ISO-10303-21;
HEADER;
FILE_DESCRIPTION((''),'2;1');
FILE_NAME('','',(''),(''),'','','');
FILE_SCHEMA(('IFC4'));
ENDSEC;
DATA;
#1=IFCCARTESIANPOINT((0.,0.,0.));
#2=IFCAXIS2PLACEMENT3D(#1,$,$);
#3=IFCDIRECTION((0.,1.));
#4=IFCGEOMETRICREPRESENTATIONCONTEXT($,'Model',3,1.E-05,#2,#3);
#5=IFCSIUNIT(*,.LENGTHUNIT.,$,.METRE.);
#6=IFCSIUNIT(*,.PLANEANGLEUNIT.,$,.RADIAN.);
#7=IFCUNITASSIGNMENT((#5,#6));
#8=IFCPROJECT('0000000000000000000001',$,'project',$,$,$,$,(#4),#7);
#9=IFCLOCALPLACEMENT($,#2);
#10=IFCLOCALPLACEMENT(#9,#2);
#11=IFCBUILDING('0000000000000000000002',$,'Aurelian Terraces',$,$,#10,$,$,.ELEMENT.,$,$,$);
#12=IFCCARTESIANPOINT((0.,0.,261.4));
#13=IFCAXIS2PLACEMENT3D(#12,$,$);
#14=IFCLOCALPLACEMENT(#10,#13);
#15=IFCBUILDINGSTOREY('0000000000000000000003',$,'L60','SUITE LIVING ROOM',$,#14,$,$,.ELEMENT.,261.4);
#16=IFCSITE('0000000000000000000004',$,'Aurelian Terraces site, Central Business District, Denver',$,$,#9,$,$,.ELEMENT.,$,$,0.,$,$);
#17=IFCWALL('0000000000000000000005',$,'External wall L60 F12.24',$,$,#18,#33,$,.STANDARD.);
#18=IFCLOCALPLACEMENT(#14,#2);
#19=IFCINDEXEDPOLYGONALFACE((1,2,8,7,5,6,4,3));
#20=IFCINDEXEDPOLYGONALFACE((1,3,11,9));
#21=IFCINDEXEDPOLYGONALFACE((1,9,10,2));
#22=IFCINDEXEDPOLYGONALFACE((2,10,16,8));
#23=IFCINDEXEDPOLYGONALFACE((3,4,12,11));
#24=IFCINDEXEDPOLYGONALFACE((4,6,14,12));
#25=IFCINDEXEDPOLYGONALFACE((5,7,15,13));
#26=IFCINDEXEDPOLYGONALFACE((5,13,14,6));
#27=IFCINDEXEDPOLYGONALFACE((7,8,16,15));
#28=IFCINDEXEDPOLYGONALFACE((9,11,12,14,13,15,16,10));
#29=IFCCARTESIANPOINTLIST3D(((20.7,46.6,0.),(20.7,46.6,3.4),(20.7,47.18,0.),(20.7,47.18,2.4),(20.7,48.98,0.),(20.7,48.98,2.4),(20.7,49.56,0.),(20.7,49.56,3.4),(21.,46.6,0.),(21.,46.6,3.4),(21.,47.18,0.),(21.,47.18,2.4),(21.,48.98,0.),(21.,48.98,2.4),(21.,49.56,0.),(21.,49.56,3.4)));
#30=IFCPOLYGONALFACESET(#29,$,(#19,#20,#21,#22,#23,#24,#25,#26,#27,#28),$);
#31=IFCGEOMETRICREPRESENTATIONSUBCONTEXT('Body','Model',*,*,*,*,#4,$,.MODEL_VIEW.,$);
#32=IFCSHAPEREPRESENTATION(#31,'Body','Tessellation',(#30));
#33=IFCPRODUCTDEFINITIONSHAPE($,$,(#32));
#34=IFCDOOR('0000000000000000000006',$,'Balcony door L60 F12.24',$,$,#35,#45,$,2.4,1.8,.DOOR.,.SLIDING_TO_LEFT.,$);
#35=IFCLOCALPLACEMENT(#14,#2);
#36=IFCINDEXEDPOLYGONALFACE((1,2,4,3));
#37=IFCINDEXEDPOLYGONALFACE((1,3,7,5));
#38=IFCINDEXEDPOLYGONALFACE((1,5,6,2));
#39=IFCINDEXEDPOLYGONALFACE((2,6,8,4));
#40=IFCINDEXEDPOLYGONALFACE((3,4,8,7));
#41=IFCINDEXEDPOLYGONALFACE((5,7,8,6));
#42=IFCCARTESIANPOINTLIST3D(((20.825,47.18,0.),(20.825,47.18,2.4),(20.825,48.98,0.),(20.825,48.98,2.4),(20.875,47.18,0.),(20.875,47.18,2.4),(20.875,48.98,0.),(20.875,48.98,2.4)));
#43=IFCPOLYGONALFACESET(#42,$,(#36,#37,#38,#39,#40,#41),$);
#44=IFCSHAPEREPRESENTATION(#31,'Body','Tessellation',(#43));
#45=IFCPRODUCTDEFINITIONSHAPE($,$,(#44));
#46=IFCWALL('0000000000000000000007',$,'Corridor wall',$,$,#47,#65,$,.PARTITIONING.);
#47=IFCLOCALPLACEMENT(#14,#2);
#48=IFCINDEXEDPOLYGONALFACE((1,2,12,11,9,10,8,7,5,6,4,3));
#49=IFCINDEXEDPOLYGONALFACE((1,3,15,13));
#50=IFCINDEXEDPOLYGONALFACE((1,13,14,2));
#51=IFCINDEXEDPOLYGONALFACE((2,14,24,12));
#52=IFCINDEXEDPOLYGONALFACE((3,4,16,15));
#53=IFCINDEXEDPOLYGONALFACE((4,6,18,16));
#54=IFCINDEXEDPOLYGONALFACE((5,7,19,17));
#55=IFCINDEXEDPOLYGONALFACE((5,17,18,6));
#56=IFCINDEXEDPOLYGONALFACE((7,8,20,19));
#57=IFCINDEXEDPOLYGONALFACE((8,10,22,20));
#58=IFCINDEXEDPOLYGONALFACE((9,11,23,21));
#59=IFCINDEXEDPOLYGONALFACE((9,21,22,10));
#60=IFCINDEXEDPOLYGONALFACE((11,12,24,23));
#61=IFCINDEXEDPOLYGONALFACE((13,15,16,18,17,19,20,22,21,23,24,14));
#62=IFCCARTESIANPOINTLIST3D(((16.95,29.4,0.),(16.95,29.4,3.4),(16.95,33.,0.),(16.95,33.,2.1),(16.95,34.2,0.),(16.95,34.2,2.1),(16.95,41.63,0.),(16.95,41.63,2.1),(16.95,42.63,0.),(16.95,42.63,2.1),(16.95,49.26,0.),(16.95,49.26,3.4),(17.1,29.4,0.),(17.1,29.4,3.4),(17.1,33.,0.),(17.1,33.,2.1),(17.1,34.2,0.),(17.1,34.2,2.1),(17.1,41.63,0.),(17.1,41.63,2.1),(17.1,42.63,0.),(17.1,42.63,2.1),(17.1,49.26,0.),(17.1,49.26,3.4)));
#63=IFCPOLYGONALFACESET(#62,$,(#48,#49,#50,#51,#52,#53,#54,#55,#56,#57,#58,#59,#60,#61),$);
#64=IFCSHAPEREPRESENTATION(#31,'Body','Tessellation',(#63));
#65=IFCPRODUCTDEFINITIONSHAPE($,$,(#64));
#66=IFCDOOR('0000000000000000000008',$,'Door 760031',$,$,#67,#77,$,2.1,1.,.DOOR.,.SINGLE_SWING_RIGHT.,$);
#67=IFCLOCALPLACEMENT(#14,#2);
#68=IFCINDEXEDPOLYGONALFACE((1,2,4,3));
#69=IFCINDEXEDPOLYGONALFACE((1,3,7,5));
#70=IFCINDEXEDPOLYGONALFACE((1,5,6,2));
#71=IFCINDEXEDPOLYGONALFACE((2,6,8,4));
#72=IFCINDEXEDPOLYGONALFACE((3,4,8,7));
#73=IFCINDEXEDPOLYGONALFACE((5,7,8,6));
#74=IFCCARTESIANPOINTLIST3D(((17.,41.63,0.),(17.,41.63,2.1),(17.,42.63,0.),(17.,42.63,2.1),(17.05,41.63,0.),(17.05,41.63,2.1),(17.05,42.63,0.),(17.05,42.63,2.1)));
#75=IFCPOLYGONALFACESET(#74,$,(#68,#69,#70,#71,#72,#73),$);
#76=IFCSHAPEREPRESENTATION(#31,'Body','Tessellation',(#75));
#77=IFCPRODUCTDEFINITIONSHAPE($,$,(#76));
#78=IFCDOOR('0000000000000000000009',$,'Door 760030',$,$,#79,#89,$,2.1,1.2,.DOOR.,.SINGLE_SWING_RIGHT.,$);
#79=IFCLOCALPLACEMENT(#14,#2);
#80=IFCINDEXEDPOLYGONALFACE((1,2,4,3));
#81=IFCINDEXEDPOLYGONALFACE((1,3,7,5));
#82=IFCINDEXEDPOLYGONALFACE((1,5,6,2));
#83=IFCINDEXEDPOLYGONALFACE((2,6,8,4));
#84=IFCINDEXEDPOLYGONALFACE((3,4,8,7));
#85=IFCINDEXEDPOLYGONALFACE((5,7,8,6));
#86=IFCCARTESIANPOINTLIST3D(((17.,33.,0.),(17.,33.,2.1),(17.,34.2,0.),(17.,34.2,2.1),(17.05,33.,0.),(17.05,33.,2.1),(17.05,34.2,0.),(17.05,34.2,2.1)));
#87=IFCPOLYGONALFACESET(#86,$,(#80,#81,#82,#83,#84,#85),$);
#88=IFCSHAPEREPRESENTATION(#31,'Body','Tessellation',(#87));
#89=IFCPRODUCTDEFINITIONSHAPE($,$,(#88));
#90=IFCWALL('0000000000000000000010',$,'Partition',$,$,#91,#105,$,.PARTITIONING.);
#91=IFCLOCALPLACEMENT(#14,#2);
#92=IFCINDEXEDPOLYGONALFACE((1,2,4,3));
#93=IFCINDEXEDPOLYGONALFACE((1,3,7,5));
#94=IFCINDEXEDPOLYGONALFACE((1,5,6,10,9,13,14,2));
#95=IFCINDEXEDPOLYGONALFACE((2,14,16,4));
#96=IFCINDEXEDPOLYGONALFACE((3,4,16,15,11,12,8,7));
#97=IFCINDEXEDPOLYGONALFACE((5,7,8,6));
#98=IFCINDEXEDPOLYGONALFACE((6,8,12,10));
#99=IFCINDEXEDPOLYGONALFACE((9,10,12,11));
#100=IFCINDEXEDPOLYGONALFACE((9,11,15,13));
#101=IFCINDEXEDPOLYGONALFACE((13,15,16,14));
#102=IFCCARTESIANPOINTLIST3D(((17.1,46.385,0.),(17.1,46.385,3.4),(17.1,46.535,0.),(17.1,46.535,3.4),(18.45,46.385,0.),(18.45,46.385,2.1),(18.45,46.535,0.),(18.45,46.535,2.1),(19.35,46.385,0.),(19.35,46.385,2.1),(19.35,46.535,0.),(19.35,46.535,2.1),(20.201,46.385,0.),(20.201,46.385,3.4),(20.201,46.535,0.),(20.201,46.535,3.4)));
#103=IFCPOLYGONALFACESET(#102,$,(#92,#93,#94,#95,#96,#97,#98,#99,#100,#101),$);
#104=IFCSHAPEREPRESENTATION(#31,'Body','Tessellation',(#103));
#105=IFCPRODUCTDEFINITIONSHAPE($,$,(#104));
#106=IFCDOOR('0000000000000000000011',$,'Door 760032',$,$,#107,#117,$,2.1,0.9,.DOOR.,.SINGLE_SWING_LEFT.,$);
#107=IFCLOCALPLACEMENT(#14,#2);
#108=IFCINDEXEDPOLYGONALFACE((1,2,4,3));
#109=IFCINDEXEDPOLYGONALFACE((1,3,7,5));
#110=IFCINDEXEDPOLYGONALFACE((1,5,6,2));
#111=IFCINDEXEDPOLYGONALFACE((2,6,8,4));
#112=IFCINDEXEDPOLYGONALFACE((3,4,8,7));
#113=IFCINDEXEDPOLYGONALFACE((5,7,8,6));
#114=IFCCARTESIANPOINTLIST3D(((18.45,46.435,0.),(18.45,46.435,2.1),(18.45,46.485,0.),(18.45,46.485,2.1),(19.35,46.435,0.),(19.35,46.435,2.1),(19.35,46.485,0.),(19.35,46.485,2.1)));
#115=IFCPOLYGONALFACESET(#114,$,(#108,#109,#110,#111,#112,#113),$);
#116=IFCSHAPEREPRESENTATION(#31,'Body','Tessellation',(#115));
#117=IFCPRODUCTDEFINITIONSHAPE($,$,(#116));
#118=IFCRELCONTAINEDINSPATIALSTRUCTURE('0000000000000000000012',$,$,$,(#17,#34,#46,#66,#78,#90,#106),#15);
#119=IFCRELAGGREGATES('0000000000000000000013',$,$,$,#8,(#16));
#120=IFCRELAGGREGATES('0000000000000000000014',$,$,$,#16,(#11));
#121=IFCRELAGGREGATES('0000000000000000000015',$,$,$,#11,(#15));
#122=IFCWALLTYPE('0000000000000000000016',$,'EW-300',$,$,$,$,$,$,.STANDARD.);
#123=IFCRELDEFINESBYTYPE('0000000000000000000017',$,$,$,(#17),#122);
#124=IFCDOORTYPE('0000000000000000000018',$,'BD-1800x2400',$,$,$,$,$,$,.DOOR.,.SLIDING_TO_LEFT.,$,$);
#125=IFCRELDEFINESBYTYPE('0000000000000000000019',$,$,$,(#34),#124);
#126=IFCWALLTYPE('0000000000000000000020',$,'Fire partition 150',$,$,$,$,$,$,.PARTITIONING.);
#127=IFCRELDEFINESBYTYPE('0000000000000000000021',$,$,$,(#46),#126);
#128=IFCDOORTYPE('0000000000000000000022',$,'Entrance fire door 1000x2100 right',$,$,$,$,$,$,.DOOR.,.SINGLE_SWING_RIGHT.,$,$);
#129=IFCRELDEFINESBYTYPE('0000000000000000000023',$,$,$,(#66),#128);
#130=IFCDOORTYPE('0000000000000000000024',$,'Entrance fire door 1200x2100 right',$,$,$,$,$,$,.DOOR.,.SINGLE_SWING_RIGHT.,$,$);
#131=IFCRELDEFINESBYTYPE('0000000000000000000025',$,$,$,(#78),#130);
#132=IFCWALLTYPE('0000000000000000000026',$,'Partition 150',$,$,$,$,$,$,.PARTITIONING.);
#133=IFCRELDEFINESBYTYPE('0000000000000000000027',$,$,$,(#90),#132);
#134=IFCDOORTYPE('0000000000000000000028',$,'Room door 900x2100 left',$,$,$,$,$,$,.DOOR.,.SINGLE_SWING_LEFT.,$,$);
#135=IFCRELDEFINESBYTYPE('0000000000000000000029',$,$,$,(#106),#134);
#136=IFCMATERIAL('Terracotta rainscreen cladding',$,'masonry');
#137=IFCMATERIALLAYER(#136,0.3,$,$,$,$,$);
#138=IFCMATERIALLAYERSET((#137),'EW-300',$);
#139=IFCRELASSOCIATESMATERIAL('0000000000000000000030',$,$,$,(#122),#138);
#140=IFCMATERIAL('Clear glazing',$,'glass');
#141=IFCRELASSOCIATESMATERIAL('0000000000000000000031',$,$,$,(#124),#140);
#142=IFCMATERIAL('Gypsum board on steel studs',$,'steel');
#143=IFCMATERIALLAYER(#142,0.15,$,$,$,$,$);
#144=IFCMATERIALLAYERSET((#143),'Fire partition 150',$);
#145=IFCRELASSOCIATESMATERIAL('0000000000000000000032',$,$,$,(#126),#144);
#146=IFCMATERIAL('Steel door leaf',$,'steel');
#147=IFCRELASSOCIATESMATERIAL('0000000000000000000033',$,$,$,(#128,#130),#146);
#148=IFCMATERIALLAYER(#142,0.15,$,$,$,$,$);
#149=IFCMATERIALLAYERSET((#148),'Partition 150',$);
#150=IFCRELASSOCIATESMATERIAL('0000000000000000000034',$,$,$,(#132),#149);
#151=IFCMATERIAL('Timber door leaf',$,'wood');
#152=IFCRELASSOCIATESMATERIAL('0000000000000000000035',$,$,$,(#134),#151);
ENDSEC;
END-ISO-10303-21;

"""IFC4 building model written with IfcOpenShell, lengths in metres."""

from ifc_helpers import new_model, si_unit, direction, frame, frame_2d, origin, place, context, subcontext, project, spatial, rectangle, extrude, source, transform, mapped, material, layer, layer_set, type_object, element, fill, save


model = new_model("IFC4")

# Units and contexts
model_context = context("Model", 3, precision=1e-05, world=origin(), true_north=direction((0.0, 1.0)))
body_context = subcontext(model_context, "Body", "Model", "MODEL_VIEW")
ifc_project = project(units=[si_unit("LENGTHUNIT", "METRE"), si_unit("PLANEANGLEUNIT", "RADIAN")], contexts=[model_context])

# Site, building, storey
site_placement = place(None, origin())
site = spatial("IfcSite", under=ifc_project, at=site_placement, Name="Aurelian Terraces site, Central Business District, Denver", CompositionType="ELEMENT", RefElevation=0.0)
building_placement = place(site_placement, origin())
building = spatial("IfcBuilding", under=site, at=building_placement, Name="Aurelian Terraces", CompositionType="ELEMENT")
storey_placement = place(building_placement, frame((0.0, 0.0, 261.4)))
storey = spatial("IfcBuildingStorey", under=building, at=storey_placement, Name="L60", Description="SUITE LIVING ROOM", CompositionType="ELEMENT", Elevation=261.4)

# Shared definitions
ifc_material_1 = material(Name="Terracotta rainscreen cladding", Category="masonry")
ifc_layer_1 = layer(ifc_material_1, 0.3)
ifc_layer_set_1 = layer_set([ifc_layer_1], Name="EW-300")
wall_type_1 = type_object("IfcWallType", Name="EW-300", PredefinedType="STANDARD", material=ifc_layer_set_1)
ifc_material_2 = material(Name="Clear glazing", Category="glass")

# Wall, opening, door
shared_shape_1 = source(origin(), body_context, "Body", "SweptSolid", [
    extrude(rectangle(XDim=2.96, YDim=0.3, at=frame_2d((1.48, 0.0))), origin(), (0.0, 0.0, 1.0), 3.4),
])
wall_1_placement = place(storey_placement, frame((20.85, 46.6, 0.0), z_axis=(0.0, 0.0, 1.0), x_axis=(0.0, 1.0, 0.0)))
wall_1 = element("IfcWall", 1, at=wall_1_placement, inside=storey, type_object=wall_type_1, Name="External wall L60 F12.24", PredefinedType="STANDARD", context=body_context, shape_type="MappedRepresentation", body=[
    mapped(shared_shape_1, transform((0.0, 0.0, 0.0), scale=1.0)),
])
shared_shape_2 = source(origin(), body_context, "Body", "SweptSolid", [
    extrude(rectangle(XDim=1.8, YDim=2.4, at=frame_2d((0.9, 1.2))), frame((0.0, 0.16, 0.0), z_axis=(0.0, -1.0, 0.0), x_axis=(1.0, 0.0, 0.0)), (0.0, 0.0, 1.0), 0.32),
])
opening_1_placement = place(wall_1_placement, frame((0.58, 0.0, 0.0)))
opening_1 = element("IfcOpeningElement", 2, at=opening_1_placement, cuts=wall_1, PredefinedType="OPENING", context=body_context, shape_type="MappedRepresentation", body=[
    mapped(shared_shape_2, transform((0.0, 0.0, 0.0), scale=1.0)),
])
door_type_1 = type_object("IfcDoorType", Name="BD-1800x2400", OperationType="SLIDING_TO_LEFT", PredefinedType="DOOR", material=ifc_material_2)
shared_shape_3 = source(origin(), body_context, "Body", "SweptSolid", [
    extrude(rectangle(XDim=1.8, YDim=2.4, at=frame_2d((0.9, 1.2))), frame((0.0, 0.025, 0.0), z_axis=(0.0, -1.0, 0.0), x_axis=(1.0, 0.0, 0.0)), (0.0, 0.0, 1.0), 0.05),
])
door_1_placement = place(opening_1_placement, origin())
door_1 = element("IfcDoor", 3, at=door_1_placement, inside=storey, type_object=door_type_1, Name="Balcony door L60 F12.24", OperationType="SLIDING_TO_LEFT", OverallHeight=2.4, OverallWidth=1.8, PredefinedType="DOOR", context=body_context, shape_type="MappedRepresentation", body=[
    mapped(shared_shape_3, transform((0.0, 0.0, 0.0), scale=1.0)),
])
fill(opening_1, door_1)

# Wall, openings, doors
ifc_material_3 = material(Name="Gypsum board on steel studs", Category="steel")
ifc_layer_2 = layer(ifc_material_3, 0.15)
ifc_layer_set_2 = layer_set([ifc_layer_2], Name="Fire partition 150")
wall_type_2 = type_object("IfcWallType", Name="Fire partition 150", PredefinedType="PARTITIONING", material=ifc_layer_set_2)
shared_shape_4 = source(origin(), body_context, "Body", "SweptSolid", [
    extrude(rectangle(XDim=19.86, YDim=0.15, at=frame_2d((9.93, 0.0))), origin(), (0.0, 0.0, 1.0), 3.4),
])
wall_2_placement = place(storey_placement, frame((17.025, 49.26, 0.0), z_axis=(0.0, 0.0, 1.0), x_axis=(0.0, -1.0, 0.0)))
wall_2 = element("IfcWall", 4, at=wall_2_placement, inside=storey, type_object=wall_type_2, Name="Corridor wall", PredefinedType="PARTITIONING", context=body_context, shape_type="MappedRepresentation", body=[
    mapped(shared_shape_4, transform((0.0, 0.0, 0.0), scale=1.0)),
])
shared_shape_5 = source(origin(), body_context, "Body", "SweptSolid", [
    extrude(rectangle(XDim=1.2, YDim=2.1, at=frame_2d((0.6, 1.05))), frame((0.0, 0.085, 0.0), z_axis=(0.0, -1.0, 0.0), x_axis=(1.0, 0.0, 0.0)), (0.0, 0.0, 1.0), 0.17),
])
opening_2_placement = place(wall_2_placement, frame((15.06, 0.0, 0.0)))
opening_2 = element("IfcOpeningElement", 5, at=opening_2_placement, cuts=wall_2, PredefinedType="OPENING", context=body_context, shape_type="MappedRepresentation", body=[
    mapped(shared_shape_5, transform((0.0, 0.0, 0.0), scale=1.0)),
])
shared_shape_6 = source(origin(), body_context, "Body", "SweptSolid", [
    extrude(rectangle(XDim=1.0, YDim=2.1, at=frame_2d((0.5, 1.05))), frame((0.0, 0.085, 0.0), z_axis=(0.0, -1.0, 0.0), x_axis=(1.0, 0.0, 0.0)), (0.0, 0.0, 1.0), 0.17),
])
opening_3_placement = place(wall_2_placement, frame((6.63, 0.0, 0.0)))
opening_3 = element("IfcOpeningElement", 6, at=opening_3_placement, cuts=wall_2, PredefinedType="OPENING", context=body_context, shape_type="MappedRepresentation", body=[
    mapped(shared_shape_6, transform((0.0, 0.0, 0.0), scale=1.0)),
])
ifc_material_4 = material(Name="Steel door leaf", Category="steel")
door_type_2 = type_object("IfcDoorType", Name="Entrance fire door 1000x2100 right", OperationType="SINGLE_SWING_RIGHT", PredefinedType="DOOR", material=ifc_material_4)
shared_shape_7 = source(origin(), body_context, "Body", "SweptSolid", [
    extrude(rectangle(XDim=1.0, YDim=2.1, at=frame_2d((0.5, 1.05))), frame((0.0, 0.025, 0.0), z_axis=(0.0, -1.0, 0.0), x_axis=(1.0, 0.0, 0.0)), (0.0, 0.0, 1.0), 0.05),
])
door_2_placement = place(opening_3_placement, origin())
door_2 = element("IfcDoor", 7, at=door_2_placement, inside=storey, type_object=door_type_2, Name="Door 760031", OperationType="SINGLE_SWING_RIGHT", OverallHeight=2.1, OverallWidth=1.0, PredefinedType="DOOR", context=body_context, shape_type="MappedRepresentation", body=[
    mapped(shared_shape_7, transform((0.0, 0.0, 0.0), scale=1.0)),
])
fill(opening_3, door_2)
door_type_3 = type_object("IfcDoorType", Name="Entrance fire door 1200x2100 right", OperationType="SINGLE_SWING_RIGHT", PredefinedType="DOOR", material=ifc_material_4)
shared_shape_8 = source(origin(), body_context, "Body", "SweptSolid", [
    extrude(rectangle(XDim=1.2, YDim=2.1, at=frame_2d((0.6, 1.05))), frame((0.0, 0.025, 0.0), z_axis=(0.0, -1.0, 0.0), x_axis=(1.0, 0.0, 0.0)), (0.0, 0.0, 1.0), 0.05),
])
door_3_placement = place(opening_2_placement, origin())
door_3 = element("IfcDoor", 8, at=door_3_placement, inside=storey, type_object=door_type_3, Name="Door 760030", OperationType="SINGLE_SWING_RIGHT", OverallHeight=2.1, OverallWidth=1.2, PredefinedType="DOOR", context=body_context, shape_type="MappedRepresentation", body=[
    mapped(shared_shape_8, transform((0.0, 0.0, 0.0), scale=1.0)),
])
fill(opening_2, door_3)

# Wall, opening, door
ifc_layer_3 = layer(ifc_material_3, 0.15)
ifc_layer_set_3 = layer_set([ifc_layer_3], Name="Partition 150")
wall_type_3 = type_object("IfcWallType", Name="Partition 150", PredefinedType="PARTITIONING", material=ifc_layer_set_3)
shared_shape_9 = source(origin(), body_context, "Body", "SweptSolid", [
    extrude(rectangle(XDim=3.101, YDim=0.15, at=frame_2d((1.5505, 0.0))), origin(), (0.0, 0.0, 1.0), 3.4),
])
wall_3_placement = place(storey_placement, frame((17.1, 46.46, 0.0), z_axis=(0.0, 0.0, 1.0), x_axis=(1.0, 0.0, 0.0)))
wall_3 = element("IfcWall", 9, at=wall_3_placement, inside=storey, type_object=wall_type_3, Name="Partition", PredefinedType="PARTITIONING", context=body_context, shape_type="MappedRepresentation", body=[
    mapped(shared_shape_9, transform((0.0, 0.0, 0.0), scale=1.0)),
])
shared_shape_10 = source(origin(), body_context, "Body", "SweptSolid", [
    extrude(rectangle(XDim=0.9, YDim=2.1, at=frame_2d((0.45, 1.05))), frame((0.0, 0.085, 0.0), z_axis=(0.0, -1.0, 0.0), x_axis=(1.0, 0.0, 0.0)), (0.0, 0.0, 1.0), 0.17),
])
opening_4_placement = place(wall_3_placement, frame((1.35, 0.0, 0.0)))
opening_4 = element("IfcOpeningElement", 10, at=opening_4_placement, cuts=wall_3, PredefinedType="OPENING", context=body_context, shape_type="MappedRepresentation", body=[
    mapped(shared_shape_10, transform((0.0, 0.0, 0.0), scale=1.0)),
])
ifc_material_5 = material(Name="Timber door leaf", Category="wood")
door_type_4 = type_object("IfcDoorType", Name="Room door 900x2100 left", OperationType="SINGLE_SWING_LEFT", PredefinedType="DOOR", material=ifc_material_5)
shared_shape_11 = source(origin(), body_context, "Body", "SweptSolid", [
    extrude(rectangle(XDim=0.9, YDim=2.1, at=frame_2d((0.45, 1.05))), frame((0.0, 0.025, 0.0), z_axis=(0.0, -1.0, 0.0), x_axis=(1.0, 0.0, 0.0)), (0.0, 0.0, 1.0), 0.05),
])
door_4_placement = place(opening_4_placement, origin())
door_4 = element("IfcDoor", 11, at=door_4_placement, inside=storey, type_object=door_type_4, Name="Door 760032", OperationType="SINGLE_SWING_LEFT", OverallHeight=2.1, OverallWidth=0.9, PredefinedType="DOOR", context=body_context, shape_type="MappedRepresentation", body=[
    mapped(shared_shape_11, transform((0.0, 0.0, 0.0), scale=1.0)),
])
fill(opening_4, door_4)

save(model, "model.ifc")
